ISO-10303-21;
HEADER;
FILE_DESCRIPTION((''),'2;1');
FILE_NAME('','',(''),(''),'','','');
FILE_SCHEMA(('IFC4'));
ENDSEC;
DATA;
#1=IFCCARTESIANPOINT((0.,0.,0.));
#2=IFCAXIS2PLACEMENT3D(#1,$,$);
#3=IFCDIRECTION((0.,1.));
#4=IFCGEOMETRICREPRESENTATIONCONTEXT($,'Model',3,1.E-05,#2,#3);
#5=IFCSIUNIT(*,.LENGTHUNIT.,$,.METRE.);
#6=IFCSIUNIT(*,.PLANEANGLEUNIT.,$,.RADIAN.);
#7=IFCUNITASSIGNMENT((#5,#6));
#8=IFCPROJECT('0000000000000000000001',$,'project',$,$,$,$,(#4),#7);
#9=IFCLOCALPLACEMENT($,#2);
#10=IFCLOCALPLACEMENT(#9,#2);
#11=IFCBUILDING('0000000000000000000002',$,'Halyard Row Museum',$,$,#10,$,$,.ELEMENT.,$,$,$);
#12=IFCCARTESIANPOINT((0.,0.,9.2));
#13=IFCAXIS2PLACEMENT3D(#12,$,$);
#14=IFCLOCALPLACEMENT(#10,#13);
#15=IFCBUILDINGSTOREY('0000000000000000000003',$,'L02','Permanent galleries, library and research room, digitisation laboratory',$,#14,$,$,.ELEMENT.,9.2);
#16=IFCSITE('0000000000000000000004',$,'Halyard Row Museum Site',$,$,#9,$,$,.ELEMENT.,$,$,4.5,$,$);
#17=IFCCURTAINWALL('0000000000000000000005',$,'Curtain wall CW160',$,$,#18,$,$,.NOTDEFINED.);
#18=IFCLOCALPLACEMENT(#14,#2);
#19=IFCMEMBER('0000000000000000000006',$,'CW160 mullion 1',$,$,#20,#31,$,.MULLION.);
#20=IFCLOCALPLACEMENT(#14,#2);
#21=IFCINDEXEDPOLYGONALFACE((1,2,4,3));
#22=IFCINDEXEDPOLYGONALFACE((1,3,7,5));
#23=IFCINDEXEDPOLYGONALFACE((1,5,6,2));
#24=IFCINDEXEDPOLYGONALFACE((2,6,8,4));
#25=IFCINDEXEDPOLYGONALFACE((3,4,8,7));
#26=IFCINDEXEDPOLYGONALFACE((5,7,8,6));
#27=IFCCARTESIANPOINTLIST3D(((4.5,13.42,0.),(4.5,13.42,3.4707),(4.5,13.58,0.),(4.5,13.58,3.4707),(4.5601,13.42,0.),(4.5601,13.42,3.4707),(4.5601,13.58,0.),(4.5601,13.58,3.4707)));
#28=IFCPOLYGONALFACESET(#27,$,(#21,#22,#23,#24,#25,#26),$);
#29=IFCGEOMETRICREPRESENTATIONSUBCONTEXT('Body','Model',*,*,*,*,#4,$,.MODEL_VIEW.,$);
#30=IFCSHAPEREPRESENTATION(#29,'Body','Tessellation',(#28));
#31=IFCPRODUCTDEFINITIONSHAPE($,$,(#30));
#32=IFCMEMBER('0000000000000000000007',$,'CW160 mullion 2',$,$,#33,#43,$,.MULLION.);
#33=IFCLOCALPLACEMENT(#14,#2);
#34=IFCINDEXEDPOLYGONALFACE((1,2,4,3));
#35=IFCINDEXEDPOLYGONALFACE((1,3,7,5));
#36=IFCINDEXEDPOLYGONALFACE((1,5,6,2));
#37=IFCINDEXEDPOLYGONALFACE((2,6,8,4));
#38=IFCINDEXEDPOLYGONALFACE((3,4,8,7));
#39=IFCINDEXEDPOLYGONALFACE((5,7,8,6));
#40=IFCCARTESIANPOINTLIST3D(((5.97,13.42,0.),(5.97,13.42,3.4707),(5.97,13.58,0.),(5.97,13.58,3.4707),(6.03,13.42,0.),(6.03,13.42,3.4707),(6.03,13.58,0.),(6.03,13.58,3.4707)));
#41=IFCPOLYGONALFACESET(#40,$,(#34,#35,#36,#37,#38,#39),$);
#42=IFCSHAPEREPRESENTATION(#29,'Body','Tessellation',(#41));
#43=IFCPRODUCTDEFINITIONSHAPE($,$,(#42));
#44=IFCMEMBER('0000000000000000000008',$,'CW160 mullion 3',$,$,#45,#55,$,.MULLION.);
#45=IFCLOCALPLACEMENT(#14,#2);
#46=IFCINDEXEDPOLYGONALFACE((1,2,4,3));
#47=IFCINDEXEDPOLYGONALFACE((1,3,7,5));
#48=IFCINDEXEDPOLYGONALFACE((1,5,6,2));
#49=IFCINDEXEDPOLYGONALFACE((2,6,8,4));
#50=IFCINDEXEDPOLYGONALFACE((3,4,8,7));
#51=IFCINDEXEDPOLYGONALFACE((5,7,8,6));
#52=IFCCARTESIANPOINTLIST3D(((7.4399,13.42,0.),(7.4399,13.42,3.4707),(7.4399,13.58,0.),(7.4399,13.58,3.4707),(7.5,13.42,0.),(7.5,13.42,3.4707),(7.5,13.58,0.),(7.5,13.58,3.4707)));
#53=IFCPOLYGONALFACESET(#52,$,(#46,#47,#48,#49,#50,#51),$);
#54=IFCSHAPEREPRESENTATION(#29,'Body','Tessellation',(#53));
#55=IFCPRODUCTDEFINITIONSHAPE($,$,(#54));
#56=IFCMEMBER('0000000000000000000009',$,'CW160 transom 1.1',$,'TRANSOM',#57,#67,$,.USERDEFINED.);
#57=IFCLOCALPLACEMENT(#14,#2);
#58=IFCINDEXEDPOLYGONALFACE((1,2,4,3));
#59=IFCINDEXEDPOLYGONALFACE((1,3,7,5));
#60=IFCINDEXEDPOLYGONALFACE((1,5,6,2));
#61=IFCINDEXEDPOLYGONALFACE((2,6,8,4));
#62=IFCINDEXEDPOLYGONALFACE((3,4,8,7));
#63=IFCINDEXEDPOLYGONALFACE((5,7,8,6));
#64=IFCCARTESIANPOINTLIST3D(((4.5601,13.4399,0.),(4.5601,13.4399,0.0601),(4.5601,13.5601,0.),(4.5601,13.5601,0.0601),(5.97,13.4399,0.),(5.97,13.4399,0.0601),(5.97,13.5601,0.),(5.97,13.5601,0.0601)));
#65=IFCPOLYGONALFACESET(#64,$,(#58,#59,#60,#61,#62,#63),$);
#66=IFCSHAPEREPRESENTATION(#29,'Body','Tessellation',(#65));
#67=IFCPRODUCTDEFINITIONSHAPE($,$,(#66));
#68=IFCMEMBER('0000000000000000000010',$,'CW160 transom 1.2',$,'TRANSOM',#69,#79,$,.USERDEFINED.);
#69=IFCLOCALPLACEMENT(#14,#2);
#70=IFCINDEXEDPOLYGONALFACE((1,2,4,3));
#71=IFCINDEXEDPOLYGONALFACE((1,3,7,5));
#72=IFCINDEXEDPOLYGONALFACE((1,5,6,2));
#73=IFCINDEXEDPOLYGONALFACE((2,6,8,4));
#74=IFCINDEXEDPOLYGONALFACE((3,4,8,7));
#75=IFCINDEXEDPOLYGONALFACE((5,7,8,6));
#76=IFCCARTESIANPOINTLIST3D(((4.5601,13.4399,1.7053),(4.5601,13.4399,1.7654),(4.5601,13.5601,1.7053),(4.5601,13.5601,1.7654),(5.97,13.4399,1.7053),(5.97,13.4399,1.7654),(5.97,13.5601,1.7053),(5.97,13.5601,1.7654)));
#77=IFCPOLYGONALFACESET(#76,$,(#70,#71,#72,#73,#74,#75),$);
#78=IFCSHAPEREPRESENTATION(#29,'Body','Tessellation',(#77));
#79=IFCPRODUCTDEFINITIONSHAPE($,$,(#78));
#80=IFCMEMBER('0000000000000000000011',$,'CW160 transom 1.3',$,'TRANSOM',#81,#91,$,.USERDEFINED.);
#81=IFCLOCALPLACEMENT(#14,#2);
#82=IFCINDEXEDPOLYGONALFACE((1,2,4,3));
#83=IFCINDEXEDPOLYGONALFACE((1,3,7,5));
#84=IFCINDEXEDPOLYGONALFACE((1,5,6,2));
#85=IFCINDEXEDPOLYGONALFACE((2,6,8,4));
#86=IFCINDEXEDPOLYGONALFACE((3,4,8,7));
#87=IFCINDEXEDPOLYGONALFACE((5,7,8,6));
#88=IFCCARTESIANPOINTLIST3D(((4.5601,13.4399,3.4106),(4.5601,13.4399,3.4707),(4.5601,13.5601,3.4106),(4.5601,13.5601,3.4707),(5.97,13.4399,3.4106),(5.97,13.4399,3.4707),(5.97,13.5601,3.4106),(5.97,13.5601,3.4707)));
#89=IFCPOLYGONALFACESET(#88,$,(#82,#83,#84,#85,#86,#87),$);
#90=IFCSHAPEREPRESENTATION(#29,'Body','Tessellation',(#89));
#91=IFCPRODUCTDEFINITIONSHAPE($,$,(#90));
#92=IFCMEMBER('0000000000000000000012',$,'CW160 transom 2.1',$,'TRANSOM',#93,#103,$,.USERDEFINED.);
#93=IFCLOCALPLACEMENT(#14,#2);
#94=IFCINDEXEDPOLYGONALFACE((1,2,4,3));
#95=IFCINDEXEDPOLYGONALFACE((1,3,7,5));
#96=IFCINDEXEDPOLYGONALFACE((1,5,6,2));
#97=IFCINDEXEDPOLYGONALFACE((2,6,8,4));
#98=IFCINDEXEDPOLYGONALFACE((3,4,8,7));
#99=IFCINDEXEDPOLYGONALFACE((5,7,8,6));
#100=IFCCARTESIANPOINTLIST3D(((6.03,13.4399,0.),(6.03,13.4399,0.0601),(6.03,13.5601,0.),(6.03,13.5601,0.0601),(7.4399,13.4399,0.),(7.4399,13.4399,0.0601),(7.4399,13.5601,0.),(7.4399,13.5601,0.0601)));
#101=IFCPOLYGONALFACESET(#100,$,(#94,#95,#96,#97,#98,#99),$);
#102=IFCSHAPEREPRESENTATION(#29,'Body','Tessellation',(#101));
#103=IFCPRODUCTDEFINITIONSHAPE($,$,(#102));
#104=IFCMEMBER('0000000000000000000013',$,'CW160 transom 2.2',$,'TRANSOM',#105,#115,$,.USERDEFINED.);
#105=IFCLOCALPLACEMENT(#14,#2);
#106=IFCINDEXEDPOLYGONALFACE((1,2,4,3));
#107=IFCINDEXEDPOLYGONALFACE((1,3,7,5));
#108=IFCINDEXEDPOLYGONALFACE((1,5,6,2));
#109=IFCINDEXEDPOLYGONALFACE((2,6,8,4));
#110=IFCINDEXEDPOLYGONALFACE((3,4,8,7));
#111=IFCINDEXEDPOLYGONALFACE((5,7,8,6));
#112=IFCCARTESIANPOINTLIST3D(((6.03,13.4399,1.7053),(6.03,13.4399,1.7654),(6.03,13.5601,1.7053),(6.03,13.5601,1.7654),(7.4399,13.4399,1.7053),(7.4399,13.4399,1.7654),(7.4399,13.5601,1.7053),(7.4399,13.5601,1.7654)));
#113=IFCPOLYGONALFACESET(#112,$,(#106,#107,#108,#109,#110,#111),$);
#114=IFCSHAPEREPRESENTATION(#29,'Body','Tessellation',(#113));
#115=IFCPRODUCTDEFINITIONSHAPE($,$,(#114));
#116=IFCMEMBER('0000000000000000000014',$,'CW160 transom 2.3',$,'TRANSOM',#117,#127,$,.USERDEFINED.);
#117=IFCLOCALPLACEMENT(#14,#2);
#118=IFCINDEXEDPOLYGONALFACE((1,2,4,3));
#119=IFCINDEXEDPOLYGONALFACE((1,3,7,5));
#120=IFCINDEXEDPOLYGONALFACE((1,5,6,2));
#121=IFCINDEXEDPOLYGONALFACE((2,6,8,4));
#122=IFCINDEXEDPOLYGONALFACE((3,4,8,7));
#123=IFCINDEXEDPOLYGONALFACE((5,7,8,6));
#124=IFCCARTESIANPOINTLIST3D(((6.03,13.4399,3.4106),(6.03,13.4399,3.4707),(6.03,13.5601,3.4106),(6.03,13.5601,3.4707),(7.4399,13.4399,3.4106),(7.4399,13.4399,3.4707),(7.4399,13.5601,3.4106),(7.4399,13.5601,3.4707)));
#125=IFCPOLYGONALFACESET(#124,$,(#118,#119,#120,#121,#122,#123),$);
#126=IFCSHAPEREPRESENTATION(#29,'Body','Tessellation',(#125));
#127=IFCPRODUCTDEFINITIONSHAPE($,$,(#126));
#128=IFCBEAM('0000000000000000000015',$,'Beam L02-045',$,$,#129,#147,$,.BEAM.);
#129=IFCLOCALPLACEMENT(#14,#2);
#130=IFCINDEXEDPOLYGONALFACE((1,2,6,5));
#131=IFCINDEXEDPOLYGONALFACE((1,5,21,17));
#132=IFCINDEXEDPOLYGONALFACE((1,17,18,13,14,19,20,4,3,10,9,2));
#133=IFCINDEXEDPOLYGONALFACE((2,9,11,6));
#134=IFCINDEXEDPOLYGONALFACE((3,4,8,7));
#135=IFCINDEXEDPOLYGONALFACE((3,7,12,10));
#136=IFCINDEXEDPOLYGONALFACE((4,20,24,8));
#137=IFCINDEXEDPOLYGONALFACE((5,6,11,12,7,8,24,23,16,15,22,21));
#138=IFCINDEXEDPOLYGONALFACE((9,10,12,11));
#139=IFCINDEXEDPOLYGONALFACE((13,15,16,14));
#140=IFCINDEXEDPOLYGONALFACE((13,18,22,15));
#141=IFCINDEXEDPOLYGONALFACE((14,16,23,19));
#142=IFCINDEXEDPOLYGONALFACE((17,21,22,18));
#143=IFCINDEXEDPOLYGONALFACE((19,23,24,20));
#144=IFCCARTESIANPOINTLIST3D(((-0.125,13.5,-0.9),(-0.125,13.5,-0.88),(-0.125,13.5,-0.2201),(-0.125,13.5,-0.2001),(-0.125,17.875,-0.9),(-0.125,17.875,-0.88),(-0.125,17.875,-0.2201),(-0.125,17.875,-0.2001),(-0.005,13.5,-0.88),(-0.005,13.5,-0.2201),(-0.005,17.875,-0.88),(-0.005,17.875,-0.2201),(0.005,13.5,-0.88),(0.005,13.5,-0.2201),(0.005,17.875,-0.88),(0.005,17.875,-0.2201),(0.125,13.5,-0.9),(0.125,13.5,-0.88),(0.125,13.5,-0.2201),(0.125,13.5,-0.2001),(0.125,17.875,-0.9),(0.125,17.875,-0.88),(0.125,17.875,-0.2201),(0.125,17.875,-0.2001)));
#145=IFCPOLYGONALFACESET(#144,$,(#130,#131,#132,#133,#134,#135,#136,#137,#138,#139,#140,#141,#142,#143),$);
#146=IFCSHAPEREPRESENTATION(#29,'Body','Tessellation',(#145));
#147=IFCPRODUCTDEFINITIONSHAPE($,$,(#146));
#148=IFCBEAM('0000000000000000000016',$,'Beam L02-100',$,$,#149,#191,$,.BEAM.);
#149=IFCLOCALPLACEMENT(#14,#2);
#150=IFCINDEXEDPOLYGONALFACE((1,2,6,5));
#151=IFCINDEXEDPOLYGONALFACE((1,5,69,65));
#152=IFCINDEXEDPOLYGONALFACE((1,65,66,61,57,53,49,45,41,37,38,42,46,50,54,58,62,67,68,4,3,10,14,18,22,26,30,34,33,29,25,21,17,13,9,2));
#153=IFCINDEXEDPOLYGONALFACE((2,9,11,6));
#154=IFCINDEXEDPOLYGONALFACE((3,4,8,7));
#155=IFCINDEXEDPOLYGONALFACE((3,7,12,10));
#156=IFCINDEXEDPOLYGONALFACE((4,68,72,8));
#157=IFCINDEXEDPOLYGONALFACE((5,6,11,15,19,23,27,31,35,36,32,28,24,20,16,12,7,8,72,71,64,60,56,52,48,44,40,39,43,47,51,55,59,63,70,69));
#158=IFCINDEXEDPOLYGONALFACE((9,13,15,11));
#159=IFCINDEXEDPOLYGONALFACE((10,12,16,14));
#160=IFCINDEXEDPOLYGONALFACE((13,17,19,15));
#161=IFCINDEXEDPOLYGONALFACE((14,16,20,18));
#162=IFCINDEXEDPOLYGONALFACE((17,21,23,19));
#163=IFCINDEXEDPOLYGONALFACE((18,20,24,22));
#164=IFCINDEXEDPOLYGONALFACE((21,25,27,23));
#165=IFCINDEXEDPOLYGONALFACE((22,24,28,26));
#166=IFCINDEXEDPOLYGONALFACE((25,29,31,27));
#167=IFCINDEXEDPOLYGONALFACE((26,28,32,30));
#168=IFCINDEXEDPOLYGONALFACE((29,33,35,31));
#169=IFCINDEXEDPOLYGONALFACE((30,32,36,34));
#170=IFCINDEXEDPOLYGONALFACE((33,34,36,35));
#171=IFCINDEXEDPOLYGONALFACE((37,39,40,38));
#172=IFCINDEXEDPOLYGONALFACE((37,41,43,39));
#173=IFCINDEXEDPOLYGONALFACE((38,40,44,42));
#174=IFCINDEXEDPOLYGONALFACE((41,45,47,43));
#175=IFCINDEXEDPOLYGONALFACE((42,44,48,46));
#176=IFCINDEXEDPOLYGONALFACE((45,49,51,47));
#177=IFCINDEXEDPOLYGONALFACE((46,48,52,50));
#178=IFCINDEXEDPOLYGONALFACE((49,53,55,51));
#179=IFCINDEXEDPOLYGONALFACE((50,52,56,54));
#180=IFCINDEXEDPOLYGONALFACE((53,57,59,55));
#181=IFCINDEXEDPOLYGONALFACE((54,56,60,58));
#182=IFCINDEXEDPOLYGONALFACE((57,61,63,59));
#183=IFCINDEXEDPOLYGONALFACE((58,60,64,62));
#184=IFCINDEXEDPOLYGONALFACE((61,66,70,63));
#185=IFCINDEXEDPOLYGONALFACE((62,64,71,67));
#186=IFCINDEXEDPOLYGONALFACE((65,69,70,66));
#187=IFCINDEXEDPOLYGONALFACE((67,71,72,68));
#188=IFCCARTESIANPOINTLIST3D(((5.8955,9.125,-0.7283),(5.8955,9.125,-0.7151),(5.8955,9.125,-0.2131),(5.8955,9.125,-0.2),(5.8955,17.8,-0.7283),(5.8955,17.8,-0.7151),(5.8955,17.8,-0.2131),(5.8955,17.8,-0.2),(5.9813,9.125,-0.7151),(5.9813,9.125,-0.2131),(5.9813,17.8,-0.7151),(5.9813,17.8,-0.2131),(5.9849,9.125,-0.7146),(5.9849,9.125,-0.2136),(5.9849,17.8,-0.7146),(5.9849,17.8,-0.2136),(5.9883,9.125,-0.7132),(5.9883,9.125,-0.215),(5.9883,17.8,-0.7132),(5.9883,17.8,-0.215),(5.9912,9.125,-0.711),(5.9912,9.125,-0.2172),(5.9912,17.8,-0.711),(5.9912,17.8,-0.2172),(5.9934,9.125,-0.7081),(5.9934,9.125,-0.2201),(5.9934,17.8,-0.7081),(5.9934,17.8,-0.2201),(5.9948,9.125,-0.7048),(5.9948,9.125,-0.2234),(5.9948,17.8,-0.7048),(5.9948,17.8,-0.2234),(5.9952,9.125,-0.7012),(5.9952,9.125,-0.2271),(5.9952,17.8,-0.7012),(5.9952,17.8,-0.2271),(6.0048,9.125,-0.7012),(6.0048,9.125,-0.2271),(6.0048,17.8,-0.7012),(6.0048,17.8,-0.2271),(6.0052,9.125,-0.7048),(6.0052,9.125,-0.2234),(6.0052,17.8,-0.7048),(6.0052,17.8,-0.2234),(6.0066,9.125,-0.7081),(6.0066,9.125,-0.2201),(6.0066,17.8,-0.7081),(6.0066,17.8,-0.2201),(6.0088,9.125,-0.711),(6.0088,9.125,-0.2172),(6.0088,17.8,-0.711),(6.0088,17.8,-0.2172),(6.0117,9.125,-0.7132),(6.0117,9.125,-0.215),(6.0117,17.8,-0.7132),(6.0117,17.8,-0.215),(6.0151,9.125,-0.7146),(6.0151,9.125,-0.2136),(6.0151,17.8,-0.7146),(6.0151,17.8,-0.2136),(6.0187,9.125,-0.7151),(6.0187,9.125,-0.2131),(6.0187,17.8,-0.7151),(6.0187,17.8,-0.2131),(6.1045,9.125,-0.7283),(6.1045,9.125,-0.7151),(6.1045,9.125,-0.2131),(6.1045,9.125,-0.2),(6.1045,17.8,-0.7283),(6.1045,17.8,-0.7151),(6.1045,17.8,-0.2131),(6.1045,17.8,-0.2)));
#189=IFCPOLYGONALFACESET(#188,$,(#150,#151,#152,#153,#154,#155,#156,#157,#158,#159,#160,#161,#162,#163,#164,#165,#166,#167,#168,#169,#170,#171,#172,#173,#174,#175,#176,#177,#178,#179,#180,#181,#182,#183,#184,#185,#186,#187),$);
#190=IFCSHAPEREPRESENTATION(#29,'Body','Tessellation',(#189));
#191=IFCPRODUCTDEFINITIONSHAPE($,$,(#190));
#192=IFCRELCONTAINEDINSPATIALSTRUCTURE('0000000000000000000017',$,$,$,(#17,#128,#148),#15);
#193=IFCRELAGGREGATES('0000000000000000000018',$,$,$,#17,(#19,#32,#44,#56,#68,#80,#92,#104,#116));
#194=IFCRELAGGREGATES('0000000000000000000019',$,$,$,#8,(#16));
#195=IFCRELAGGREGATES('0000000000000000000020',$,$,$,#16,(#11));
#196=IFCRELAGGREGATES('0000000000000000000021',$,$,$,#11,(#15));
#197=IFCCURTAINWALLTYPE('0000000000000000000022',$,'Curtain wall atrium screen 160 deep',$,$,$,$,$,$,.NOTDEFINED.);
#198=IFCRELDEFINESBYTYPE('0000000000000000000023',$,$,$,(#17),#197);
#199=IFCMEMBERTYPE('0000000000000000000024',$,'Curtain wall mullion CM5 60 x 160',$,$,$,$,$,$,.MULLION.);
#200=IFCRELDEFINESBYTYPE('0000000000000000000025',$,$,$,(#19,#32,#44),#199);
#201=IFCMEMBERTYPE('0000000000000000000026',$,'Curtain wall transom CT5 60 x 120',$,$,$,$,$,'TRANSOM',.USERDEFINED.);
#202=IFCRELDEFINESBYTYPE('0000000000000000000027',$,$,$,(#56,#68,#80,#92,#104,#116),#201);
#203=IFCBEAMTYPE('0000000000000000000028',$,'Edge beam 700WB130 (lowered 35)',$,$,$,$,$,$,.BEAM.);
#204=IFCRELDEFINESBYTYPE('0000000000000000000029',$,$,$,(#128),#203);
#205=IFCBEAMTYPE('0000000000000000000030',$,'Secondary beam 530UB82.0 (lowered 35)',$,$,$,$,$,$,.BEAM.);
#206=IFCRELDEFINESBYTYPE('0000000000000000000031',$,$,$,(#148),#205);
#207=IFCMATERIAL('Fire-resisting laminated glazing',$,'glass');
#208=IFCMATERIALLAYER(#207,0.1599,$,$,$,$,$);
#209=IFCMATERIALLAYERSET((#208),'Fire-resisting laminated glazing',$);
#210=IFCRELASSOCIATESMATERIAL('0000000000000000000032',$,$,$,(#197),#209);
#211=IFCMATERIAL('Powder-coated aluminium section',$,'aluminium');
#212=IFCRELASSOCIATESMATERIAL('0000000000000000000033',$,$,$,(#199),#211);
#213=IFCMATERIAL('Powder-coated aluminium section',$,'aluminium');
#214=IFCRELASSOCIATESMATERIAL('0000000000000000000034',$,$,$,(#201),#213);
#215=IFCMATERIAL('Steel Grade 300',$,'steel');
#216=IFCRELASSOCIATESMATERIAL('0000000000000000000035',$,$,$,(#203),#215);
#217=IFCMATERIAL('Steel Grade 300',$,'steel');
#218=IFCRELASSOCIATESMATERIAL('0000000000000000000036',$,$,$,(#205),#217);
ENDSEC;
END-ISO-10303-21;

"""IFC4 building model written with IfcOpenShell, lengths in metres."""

from ifc_helpers import new_model, si_unit, direction, frame, origin, origin_2d, place, context, subcontext, project, spatial, rectangle, i_section, extrude, material, layer, layer_set, material_profile, profile_set, type_object, element, aggregate, save


model = new_model("IFC4")

# Units and contexts
model_context = context("Model", 3, precision=1e-05, world=origin(), true_north=direction((0.0, 1.0)))
body_context = subcontext(model_context, "Body", "Model", "MODEL_VIEW")
ifc_project = project(units=[si_unit("LENGTHUNIT", "METRE"), si_unit("PLANEANGLEUNIT", "RADIAN")], contexts=[model_context])

# Site, building, storey
site_placement = place(None, origin())
site = spatial("IfcSite", under=ifc_project, at=site_placement, Name="Halyard Row Museum Site", CompositionType="ELEMENT", RefElevation=4.5)
building_placement = place(site_placement, origin())
building = spatial("IfcBuilding", under=site, at=building_placement, Name="Halyard Row Museum", CompositionType="ELEMENT")
storey_placement = place(building_placement, frame((0.0, 0.0, 9.2)))
storey = spatial("IfcBuildingStorey", under=building, at=storey_placement, Name="L02", Description="Permanent galleries, library and research room, digitisation laboratory", CompositionType="ELEMENT", Elevation=9.2)

# Curtain wall, members
ifc_material_1 = material(Name="Fire-resisting laminated glazing", Category="glass")
ifc_layer_1 = layer(ifc_material_1, 0.1599)
ifc_layer_set_1 = layer_set([ifc_layer_1], Name="Fire-resisting laminated glazing")
curtain_wall_type = type_object("IfcCurtainWallType", Name="Curtain wall atrium screen 160 deep", PredefinedType="NOTDEFINED", material=ifc_layer_set_1)
curtain_wall_placement = place(storey_placement, origin())
curtain_wall = element("IfcCurtainWall", 1, at=curtain_wall_placement, inside=storey, type_object=curtain_wall_type, Name="Curtain wall CW160", PredefinedType="NOTDEFINED")
ifc_material_2 = material(Name="Powder-coated aluminium section", Category="aluminium")
ifc_material_profile_1 = material_profile(ifc_material_2, rectangle(XDim=0.1599, YDim=0.0601, at=origin_2d()), Name="160x60 mullion")
ifc_profile_set_1 = profile_set([ifc_material_profile_1], Name="Powder-coated aluminium section")
member_type_1 = type_object("IfcMemberType", Name="Curtain wall mullion CM5 60 x 160", PredefinedType="MULLION", material=ifc_profile_set_1)
member_1_placement = place(storey_placement, frame((4.53, 13.5, 0.0), z_axis=(0.0, 0.0, 1.0), x_axis=(0.0, 1.0, 0.0)))
member_1 = element("IfcMember", 2, at=member_1_placement, type_object=member_type_1, Name="CW160 mullion 1", PredefinedType="MULLION", context=body_context, shape_type="SweptSolid", body=[
    extrude(rectangle(XDim=0.1599, YDim=0.0601, at=origin_2d()), origin(), (0.0, 0.0, 1.0), 3.4707),
])
member_2_placement = place(storey_placement, frame((6.0, 13.5, 0.0), z_axis=(0.0, 0.0, 1.0), x_axis=(0.0, 1.0, 0.0)))
member_2 = element("IfcMember", 3, at=member_2_placement, type_object=member_type_1, Name="CW160 mullion 2", PredefinedType="MULLION", context=body_context, shape_type="SweptSolid", body=[
    extrude(rectangle(XDim=0.1599, YDim=0.0601, at=origin_2d()), origin(), (0.0, 0.0, 1.0), 3.4707),
])
member_3_placement = place(storey_placement, frame((7.47, 13.5, 0.0), z_axis=(0.0, 0.0, 1.0), x_axis=(0.0, 1.0, 0.0)))
member_3 = element("IfcMember", 4, at=member_3_placement, type_object=member_type_1, Name="CW160 mullion 3", PredefinedType="MULLION", context=body_context, shape_type="SweptSolid", body=[
    extrude(rectangle(XDim=0.1599, YDim=0.0601, at=origin_2d()), origin(), (0.0, 0.0, 1.0), 3.4707),
])
ifc_material_3 = material(Name="Powder-coated aluminium section", Category="aluminium")
ifc_material_profile_2 = material_profile(ifc_material_3, rectangle(XDim=0.1201, YDim=0.0601, at=origin_2d()), Name="120x60 transom")
ifc_profile_set_2 = profile_set([ifc_material_profile_2], Name="Powder-coated aluminium section")
member_type_2 = type_object("IfcMemberType", Name="Curtain wall transom CT5 60 x 120", ElementType="TRANSOM", PredefinedType="USERDEFINED", material=ifc_profile_set_2)
member_4_placement = place(storey_placement, frame((4.5601, 13.5, 0.03), z_axis=(1.0, 0.0, 0.0), x_axis=(0.0, 1.0, 0.0)))
member_4 = element("IfcMember", 5, at=member_4_placement, type_object=member_type_2, Name="CW160 transom 1.1", ObjectType="TRANSOM", PredefinedType="USERDEFINED", context=body_context, shape_type="SweptSolid", body=[
    extrude(rectangle(XDim=0.1201, YDim=0.0601, at=origin_2d()), origin(), (0.0, 0.0, 1.0), 1.4099),
])
member_5_placement = place(storey_placement, frame((4.5601, 13.5, 1.7354), z_axis=(1.0, 0.0, 0.0), x_axis=(0.0, 1.0, 0.0)))
member_5 = element("IfcMember", 6, at=member_5_placement, type_object=member_type_2, Name="CW160 transom 1.2", ObjectType="TRANSOM", PredefinedType="USERDEFINED", context=body_context, shape_type="SweptSolid", body=[
    extrude(rectangle(XDim=0.1201, YDim=0.0601, at=origin_2d()), origin(), (0.0, 0.0, 1.0), 1.4099),
])
member_6_placement = place(storey_placement, frame((4.5601, 13.5, 3.4407), z_axis=(1.0, 0.0, 0.0), x_axis=(0.0, 1.0, 0.0)))
member_6 = element("IfcMember", 7, at=member_6_placement, type_object=member_type_2, Name="CW160 transom 1.3", ObjectType="TRANSOM", PredefinedType="USERDEFINED", context=body_context, shape_type="SweptSolid", body=[
    extrude(rectangle(XDim=0.1201, YDim=0.0601, at=origin_2d()), origin(), (0.0, 0.0, 1.0), 1.4099),
])
member_7_placement = place(storey_placement, frame((6.03, 13.5, 0.03), z_axis=(1.0, 0.0, 0.0), x_axis=(0.0, 1.0, 0.0)))
member_7 = element("IfcMember", 8, at=member_7_placement, type_object=member_type_2, Name="CW160 transom 2.1", ObjectType="TRANSOM", PredefinedType="USERDEFINED", context=body_context, shape_type="SweptSolid", body=[
    extrude(rectangle(XDim=0.1201, YDim=0.0601, at=origin_2d()), origin(), (0.0, 0.0, 1.0), 1.4099),
])
member_8_placement = place(storey_placement, frame((6.03, 13.5, 1.7354), z_axis=(1.0, 0.0, 0.0), x_axis=(0.0, 1.0, 0.0)))
member_8 = element("IfcMember", 9, at=member_8_placement, type_object=member_type_2, Name="CW160 transom 2.2", ObjectType="TRANSOM", PredefinedType="USERDEFINED", context=body_context, shape_type="SweptSolid", body=[
    extrude(rectangle(XDim=0.1201, YDim=0.0601, at=origin_2d()), origin(), (0.0, 0.0, 1.0), 1.4099),
])
member_9_placement = place(storey_placement, frame((6.03, 13.5, 3.4407), z_axis=(1.0, 0.0, 0.0), x_axis=(0.0, 1.0, 0.0)))
member_9 = element("IfcMember", 10, at=member_9_placement, type_object=member_type_2, Name="CW160 transom 2.3", ObjectType="TRANSOM", PredefinedType="USERDEFINED", context=body_context, shape_type="SweptSolid", body=[
    extrude(rectangle(XDim=0.1201, YDim=0.0601, at=origin_2d()), origin(), (0.0, 0.0, 1.0), 1.4099),
])

# Beams
ifc_material_4 = material(Name="Steel Grade 300", Category="steel")
ifc_material_profile_3 = material_profile(ifc_material_4, i_section(OverallWidth=0.25, OverallDepth=0.7, WebThickness=0.01, FlangeThickness=0.02, at=origin_2d()), Name="700WB130")
ifc_profile_set_3 = profile_set([ifc_material_profile_3], Name="Steel Grade 300")
beam_type_1 = type_object("IfcBeamType", Name="Edge beam 700WB130 (lowered 35)", PredefinedType="BEAM", material=ifc_profile_set_3)
beam_1_placement = place(storey_placement, frame((0.0, 13.5, -0.55), z_axis=(0.0, 1.0, 0.0), x_axis=(-1.0, 0.0, 0.0)))
element("IfcBeam", 11, at=beam_1_placement, inside=storey, type_object=beam_type_1, Name="Beam L02-045", PredefinedType="BEAM", context=body_context, shape_type="SweptSolid", body=[
    extrude(i_section(OverallWidth=0.25, OverallDepth=0.7, WebThickness=0.01, FlangeThickness=0.02, at=origin_2d()), origin(), (0.0, 0.0, 1.0), 4.375),
])
ifc_material_5 = material(Name="Steel Grade 300", Category="steel")
ifc_material_profile_4 = material_profile(ifc_material_5, i_section(OverallWidth=0.209, OverallDepth=0.5283, WebThickness=0.0095, FlangeThickness=0.0132, FilletRadius=0.0139, at=origin_2d()), Name="530UB82.0")
ifc_profile_set_4 = profile_set([ifc_material_profile_4], Name="Steel Grade 300")
beam_type_2 = type_object("IfcBeamType", Name="Secondary beam 530UB82.0 (lowered 35)", PredefinedType="BEAM", material=ifc_profile_set_4)
beam_2_placement = place(storey_placement, frame((6.0, 9.125, -0.4641), z_axis=(0.0, 1.0, 0.0), x_axis=(-1.0, 0.0, 0.0)))
element("IfcBeam", 12, at=beam_2_placement, inside=storey, type_object=beam_type_2, Name="Beam L02-100", PredefinedType="BEAM", context=body_context, shape_type="SweptSolid", body=[
    extrude(i_section(OverallWidth=0.209, OverallDepth=0.5283, WebThickness=0.0095, FlangeThickness=0.0132, FilletRadius=0.0139, at=origin_2d()), origin(), (0.0, 0.0, 1.0), 8.675),
])

aggregate(curtain_wall, [member_1, member_2, member_3, member_4, member_5, member_6, member_7, member_8, member_9])

save(model, "model.ifc")
